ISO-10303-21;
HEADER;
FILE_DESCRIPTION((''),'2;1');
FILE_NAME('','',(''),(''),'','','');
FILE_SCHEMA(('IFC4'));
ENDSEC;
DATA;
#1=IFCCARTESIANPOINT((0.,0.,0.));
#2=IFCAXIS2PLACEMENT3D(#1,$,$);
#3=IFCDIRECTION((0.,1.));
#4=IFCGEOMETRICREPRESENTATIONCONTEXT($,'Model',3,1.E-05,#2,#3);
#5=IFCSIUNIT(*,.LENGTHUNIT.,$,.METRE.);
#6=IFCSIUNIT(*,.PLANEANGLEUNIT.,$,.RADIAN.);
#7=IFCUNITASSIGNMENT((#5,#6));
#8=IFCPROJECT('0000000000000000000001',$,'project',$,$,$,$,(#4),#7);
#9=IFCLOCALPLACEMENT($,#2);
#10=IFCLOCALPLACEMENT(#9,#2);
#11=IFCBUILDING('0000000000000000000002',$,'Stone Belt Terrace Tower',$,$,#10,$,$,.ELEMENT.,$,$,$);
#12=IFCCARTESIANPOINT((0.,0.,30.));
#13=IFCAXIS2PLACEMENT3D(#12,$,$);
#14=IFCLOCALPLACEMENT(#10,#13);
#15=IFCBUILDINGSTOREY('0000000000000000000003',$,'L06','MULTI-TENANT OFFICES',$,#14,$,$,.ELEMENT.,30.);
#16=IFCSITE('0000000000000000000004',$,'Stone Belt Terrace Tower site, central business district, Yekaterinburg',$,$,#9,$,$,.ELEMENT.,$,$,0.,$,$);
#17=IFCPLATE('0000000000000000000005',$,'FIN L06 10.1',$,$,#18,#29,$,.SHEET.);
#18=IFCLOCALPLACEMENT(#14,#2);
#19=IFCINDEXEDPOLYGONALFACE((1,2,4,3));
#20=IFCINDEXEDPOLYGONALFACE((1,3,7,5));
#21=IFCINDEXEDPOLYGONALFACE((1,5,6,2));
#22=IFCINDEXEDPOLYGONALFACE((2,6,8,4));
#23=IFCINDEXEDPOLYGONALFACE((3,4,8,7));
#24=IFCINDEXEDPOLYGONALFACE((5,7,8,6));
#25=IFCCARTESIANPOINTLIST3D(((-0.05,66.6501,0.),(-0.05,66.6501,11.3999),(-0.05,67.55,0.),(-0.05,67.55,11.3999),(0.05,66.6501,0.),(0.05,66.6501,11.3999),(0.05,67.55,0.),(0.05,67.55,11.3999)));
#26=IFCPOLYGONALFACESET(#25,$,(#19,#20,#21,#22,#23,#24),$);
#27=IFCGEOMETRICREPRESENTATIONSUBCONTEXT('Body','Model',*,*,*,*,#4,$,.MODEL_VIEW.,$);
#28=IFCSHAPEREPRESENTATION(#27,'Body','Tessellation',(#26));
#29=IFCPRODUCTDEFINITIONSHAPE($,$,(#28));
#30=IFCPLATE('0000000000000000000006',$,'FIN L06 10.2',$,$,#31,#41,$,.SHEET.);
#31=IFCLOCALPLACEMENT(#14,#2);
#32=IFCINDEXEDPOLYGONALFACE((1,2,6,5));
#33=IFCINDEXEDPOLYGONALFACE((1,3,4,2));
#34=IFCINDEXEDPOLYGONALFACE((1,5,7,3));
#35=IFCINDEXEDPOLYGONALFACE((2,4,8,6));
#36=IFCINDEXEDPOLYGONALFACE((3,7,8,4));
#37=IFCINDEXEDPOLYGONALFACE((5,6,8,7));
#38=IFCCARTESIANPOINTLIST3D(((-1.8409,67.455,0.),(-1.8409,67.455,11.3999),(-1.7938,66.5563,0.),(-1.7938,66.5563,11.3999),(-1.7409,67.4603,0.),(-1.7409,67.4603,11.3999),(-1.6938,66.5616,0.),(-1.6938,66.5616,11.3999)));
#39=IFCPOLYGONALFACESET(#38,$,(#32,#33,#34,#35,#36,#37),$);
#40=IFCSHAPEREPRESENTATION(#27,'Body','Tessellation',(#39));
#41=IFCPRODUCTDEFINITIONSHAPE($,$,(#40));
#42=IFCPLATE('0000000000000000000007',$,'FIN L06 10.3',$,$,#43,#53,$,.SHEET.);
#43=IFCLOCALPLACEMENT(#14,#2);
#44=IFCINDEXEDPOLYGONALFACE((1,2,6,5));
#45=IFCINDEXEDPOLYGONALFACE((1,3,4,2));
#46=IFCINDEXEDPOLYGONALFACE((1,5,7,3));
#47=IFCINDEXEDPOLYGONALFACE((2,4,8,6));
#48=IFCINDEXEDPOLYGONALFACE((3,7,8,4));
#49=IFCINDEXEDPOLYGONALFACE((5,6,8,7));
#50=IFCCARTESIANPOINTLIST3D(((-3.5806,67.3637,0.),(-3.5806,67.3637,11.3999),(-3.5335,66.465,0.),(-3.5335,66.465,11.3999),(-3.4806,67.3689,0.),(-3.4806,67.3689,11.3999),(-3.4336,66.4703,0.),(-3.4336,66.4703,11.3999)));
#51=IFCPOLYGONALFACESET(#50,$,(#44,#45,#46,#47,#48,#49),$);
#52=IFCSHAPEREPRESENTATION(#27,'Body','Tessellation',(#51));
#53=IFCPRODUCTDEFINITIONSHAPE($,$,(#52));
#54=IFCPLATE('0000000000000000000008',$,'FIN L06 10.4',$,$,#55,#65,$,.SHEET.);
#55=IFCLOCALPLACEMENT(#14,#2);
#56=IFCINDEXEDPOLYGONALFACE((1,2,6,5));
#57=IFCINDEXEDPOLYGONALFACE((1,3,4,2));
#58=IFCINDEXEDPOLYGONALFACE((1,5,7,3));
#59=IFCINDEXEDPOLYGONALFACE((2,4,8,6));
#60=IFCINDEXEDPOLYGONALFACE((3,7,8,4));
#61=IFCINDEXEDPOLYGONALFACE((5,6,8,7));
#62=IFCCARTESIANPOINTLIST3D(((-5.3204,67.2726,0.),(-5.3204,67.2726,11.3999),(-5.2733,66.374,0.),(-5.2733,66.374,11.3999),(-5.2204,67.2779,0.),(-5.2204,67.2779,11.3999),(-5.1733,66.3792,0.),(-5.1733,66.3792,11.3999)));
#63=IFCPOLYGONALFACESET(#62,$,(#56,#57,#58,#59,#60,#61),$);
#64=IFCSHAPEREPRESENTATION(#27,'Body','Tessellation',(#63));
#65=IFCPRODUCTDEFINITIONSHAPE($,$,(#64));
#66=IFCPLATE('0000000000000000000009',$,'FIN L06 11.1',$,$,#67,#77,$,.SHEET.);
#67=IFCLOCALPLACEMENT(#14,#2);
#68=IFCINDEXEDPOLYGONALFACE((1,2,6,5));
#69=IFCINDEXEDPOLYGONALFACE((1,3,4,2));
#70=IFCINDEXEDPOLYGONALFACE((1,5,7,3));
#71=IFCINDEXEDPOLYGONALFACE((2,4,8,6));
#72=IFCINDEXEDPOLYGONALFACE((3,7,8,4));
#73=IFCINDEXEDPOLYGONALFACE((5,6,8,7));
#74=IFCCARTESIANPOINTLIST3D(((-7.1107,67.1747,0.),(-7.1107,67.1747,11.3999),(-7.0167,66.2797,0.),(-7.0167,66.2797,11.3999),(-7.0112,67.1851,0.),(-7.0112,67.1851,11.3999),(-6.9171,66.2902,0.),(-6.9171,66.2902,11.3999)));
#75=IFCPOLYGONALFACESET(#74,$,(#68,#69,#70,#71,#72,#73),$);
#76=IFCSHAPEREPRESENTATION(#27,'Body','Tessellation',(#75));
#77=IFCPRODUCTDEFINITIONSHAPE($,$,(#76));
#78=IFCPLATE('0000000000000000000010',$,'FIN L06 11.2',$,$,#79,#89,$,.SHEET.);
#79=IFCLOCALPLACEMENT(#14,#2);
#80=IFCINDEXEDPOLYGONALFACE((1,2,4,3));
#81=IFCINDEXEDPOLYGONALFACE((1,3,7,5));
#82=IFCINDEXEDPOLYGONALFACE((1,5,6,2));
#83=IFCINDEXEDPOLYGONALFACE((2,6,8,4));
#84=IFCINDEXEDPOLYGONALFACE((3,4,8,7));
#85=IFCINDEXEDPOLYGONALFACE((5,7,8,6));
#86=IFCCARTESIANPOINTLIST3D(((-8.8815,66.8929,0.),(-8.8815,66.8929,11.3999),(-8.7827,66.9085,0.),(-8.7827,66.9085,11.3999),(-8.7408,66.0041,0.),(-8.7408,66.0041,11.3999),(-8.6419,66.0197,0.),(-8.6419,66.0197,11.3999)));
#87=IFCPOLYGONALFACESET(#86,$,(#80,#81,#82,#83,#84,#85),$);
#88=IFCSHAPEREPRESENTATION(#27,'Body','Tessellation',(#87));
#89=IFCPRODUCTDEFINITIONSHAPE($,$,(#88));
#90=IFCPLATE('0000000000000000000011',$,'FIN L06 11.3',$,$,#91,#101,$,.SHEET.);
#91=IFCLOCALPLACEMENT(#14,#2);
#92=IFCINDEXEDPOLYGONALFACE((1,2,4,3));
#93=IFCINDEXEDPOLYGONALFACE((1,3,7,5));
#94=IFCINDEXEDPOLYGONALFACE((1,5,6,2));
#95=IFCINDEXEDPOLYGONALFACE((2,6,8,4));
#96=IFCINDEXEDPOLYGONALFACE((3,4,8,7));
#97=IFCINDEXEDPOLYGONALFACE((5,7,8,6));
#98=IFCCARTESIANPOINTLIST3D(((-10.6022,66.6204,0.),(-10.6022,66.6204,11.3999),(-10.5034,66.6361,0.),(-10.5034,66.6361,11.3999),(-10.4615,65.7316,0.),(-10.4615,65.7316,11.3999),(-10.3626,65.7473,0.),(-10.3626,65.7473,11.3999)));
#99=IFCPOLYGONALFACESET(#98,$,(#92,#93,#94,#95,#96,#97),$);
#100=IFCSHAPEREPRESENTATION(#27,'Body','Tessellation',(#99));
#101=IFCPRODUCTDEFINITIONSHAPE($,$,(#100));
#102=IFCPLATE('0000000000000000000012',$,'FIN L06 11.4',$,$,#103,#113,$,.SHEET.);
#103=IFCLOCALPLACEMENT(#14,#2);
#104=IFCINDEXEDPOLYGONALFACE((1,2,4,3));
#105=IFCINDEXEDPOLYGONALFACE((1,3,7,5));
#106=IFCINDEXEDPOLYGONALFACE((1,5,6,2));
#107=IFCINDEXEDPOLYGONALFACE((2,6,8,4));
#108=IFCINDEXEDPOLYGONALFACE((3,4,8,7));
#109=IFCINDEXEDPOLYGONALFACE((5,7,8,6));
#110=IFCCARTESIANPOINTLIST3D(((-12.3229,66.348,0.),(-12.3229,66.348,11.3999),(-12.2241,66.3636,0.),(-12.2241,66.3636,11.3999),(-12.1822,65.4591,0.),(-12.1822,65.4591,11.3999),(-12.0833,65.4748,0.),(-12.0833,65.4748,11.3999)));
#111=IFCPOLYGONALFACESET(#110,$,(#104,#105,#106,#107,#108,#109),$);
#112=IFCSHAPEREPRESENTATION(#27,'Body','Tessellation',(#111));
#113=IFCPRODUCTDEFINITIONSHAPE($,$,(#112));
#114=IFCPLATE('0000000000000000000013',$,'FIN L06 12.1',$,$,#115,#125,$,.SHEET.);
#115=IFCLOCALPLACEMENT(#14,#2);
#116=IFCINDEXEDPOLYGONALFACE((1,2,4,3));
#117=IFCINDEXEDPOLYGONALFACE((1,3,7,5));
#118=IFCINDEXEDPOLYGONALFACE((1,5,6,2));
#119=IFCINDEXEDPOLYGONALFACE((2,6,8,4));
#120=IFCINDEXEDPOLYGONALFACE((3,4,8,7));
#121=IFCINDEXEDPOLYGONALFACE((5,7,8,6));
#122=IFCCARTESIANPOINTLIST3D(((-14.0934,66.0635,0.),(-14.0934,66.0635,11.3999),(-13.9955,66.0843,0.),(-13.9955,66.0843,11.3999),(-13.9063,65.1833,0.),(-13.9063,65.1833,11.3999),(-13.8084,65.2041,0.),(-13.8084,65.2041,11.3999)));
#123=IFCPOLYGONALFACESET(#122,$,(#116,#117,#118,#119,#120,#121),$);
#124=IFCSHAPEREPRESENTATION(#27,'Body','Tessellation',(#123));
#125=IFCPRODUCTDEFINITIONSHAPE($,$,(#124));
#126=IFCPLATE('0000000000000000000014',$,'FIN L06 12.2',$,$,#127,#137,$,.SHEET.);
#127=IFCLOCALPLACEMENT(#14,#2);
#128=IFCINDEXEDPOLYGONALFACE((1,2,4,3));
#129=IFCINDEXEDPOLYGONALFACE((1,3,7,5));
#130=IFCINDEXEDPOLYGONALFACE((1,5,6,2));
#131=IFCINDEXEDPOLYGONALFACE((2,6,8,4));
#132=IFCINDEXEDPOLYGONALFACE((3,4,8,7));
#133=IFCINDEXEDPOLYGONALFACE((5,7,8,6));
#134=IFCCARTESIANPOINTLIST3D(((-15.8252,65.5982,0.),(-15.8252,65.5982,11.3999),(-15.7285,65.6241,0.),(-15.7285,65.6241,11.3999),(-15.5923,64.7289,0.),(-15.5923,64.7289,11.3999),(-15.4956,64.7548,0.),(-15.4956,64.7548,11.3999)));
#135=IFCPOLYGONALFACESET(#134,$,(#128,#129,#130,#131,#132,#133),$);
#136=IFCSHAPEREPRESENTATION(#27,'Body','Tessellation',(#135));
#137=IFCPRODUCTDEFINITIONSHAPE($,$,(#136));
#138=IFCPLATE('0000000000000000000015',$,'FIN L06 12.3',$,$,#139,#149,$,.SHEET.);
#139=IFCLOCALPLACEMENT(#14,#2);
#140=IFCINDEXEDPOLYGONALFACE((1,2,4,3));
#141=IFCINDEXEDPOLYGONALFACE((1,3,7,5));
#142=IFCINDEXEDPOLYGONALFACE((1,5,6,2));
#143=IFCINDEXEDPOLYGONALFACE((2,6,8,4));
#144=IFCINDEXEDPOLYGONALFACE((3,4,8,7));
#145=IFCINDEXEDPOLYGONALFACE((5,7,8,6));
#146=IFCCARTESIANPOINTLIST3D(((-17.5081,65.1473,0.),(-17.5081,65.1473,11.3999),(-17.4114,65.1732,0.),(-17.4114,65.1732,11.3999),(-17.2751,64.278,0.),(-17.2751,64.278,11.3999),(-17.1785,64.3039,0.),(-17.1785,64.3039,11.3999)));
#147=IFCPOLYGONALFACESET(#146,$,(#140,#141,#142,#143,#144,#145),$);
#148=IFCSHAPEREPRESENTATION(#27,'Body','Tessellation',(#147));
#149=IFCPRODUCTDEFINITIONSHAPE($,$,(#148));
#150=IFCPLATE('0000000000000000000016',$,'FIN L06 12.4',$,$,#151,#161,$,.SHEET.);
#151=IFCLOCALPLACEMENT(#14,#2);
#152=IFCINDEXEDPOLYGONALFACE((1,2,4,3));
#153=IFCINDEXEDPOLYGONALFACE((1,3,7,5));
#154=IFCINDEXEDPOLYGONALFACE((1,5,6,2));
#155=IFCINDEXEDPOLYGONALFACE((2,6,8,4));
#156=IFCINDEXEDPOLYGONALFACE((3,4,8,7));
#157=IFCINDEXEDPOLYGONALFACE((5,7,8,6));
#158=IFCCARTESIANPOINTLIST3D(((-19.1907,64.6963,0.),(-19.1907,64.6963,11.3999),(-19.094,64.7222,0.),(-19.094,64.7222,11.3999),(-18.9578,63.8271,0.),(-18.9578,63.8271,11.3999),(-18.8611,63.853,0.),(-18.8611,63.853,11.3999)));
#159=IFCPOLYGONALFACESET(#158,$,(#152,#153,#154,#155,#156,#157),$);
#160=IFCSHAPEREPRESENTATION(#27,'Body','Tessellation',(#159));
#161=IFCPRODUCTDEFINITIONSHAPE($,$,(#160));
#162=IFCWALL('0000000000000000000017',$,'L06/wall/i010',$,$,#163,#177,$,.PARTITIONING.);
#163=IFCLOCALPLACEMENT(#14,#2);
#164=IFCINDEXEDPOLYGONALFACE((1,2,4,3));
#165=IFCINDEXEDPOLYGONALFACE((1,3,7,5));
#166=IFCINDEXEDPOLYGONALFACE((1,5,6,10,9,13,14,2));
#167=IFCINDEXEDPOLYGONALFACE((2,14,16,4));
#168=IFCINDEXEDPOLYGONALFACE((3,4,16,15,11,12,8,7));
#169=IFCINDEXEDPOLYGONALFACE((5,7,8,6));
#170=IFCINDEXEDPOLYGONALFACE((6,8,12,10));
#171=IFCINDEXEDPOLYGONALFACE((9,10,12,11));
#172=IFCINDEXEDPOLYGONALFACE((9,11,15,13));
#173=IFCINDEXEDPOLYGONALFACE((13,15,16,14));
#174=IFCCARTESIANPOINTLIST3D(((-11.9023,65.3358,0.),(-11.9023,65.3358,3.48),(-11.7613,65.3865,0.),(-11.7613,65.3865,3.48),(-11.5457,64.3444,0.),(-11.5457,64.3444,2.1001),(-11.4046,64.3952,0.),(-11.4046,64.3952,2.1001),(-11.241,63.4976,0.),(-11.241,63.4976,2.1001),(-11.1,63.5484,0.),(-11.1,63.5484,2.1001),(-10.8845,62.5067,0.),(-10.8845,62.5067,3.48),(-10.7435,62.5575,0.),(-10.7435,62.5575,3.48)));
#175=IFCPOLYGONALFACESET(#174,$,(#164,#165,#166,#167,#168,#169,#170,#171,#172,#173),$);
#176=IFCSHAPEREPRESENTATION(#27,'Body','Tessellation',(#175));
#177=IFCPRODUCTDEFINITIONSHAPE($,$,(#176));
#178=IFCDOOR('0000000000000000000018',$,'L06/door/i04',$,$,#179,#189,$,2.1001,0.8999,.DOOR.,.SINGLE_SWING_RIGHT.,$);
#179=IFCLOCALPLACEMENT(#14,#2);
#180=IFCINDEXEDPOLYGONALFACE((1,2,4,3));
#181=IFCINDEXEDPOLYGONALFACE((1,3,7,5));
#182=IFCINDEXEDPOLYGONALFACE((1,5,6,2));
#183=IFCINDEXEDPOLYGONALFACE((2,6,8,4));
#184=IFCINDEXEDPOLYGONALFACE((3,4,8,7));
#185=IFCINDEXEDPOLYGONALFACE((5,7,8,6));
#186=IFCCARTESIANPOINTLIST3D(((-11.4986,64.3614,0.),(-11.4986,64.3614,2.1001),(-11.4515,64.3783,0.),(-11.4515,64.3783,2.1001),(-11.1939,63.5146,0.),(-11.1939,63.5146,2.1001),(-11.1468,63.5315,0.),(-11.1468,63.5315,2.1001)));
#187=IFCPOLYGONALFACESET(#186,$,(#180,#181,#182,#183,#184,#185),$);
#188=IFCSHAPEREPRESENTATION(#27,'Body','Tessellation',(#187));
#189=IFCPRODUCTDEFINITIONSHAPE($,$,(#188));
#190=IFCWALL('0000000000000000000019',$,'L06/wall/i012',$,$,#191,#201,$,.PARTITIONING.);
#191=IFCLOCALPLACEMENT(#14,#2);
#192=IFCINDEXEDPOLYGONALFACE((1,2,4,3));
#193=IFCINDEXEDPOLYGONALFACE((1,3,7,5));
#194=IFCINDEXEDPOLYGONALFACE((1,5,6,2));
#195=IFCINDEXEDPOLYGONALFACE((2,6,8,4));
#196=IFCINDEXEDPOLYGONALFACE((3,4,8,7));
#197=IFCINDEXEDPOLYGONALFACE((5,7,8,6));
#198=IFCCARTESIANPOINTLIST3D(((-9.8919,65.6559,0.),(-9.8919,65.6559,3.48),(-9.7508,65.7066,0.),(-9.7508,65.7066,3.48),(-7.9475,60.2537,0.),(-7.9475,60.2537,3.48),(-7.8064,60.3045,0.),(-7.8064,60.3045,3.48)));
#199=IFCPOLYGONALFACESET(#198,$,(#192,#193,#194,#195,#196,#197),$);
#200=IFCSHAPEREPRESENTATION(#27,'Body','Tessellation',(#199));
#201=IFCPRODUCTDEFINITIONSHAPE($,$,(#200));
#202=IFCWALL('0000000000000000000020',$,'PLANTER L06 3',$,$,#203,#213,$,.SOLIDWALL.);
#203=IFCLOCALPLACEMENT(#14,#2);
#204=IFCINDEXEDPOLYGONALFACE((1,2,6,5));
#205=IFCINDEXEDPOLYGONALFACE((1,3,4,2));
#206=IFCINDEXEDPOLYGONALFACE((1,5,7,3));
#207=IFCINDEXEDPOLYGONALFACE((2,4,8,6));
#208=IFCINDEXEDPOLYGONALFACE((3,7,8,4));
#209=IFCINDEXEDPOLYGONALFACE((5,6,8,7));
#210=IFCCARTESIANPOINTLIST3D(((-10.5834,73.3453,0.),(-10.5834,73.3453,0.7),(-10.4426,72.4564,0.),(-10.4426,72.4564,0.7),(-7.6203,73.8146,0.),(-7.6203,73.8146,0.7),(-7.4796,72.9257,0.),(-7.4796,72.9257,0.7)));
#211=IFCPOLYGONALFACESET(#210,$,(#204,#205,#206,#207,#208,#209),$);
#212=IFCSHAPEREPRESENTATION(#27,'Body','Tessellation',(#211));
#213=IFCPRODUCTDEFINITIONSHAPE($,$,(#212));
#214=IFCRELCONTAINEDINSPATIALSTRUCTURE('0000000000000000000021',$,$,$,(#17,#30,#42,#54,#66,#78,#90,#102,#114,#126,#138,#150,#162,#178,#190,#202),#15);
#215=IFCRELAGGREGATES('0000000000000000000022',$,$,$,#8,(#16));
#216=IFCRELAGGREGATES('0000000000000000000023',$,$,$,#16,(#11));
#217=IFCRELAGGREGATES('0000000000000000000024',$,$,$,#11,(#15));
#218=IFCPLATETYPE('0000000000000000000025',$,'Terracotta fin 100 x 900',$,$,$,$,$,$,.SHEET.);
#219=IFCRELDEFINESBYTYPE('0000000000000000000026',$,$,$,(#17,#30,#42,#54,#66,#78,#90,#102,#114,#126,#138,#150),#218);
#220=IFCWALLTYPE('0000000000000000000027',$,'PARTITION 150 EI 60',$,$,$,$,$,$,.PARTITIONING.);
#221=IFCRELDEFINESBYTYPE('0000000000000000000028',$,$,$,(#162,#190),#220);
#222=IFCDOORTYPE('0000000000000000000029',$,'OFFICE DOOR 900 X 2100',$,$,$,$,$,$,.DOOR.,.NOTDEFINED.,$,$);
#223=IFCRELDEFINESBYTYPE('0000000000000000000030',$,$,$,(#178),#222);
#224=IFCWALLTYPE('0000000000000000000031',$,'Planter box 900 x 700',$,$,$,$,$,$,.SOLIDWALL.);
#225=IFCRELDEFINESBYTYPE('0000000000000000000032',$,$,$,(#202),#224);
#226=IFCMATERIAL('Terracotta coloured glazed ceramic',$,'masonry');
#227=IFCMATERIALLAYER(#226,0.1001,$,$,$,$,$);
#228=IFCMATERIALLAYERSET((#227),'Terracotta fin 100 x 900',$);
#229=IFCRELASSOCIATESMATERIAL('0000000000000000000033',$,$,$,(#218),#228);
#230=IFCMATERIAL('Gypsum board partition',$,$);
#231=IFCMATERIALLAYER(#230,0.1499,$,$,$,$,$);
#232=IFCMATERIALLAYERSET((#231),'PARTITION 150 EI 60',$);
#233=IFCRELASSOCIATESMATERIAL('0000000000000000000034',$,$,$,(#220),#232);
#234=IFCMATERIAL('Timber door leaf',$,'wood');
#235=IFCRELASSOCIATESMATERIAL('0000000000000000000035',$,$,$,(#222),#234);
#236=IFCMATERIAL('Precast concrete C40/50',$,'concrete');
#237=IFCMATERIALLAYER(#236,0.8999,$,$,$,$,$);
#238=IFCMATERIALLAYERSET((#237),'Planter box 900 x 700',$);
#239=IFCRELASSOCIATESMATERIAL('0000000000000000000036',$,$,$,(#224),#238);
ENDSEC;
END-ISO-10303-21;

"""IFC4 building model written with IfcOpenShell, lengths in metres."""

from ifc_helpers import new_model, si_unit, direction, frame, frame_2d, origin, origin_2d, place, context, subcontext, project, spatial, rectangle, extrude, material, layer, layer_set, type_object, element, fill, save


model = new_model("IFC4")

# Units and contexts
model_context = context("Model", 3, precision=1e-05, world=origin(), true_north=direction((0.0, 1.0)))
body_context = subcontext(model_context, "Body", "Model", "MODEL_VIEW")
ifc_project = project(units=[si_unit("LENGTHUNIT", "METRE"), si_unit("PLANEANGLEUNIT", "RADIAN")], contexts=[model_context])

# Site, building, storey
site_placement = place(None, origin())
site = spatial("IfcSite", under=ifc_project, at=site_placement, Name="Stone Belt Terrace Tower site, central business district, Yekaterinburg", CompositionType="ELEMENT", RefElevation=0.0)
building_placement = place(site_placement, origin())
building = spatial("IfcBuilding", under=site, at=building_placement, Name="Stone Belt Terrace Tower", CompositionType="ELEMENT")
storey_placement = place(building_placement, frame((0.0, 0.0, 30.0)))
storey = spatial("IfcBuildingStorey", under=building, at=storey_placement, Name="L06", Description="MULTI-TENANT OFFICES", CompositionType="ELEMENT", Elevation=30.0)

# Plates
ifc_material_1 = material(Name="Terracotta coloured glazed ceramic", Category="masonry")
ifc_layer_1 = layer(ifc_material_1, 0.1001)
ifc_layer_set_1 = layer_set([ifc_layer_1], Name="Terracotta fin 100 x 900")
plate_type_1 = type_object("IfcPlateType", Name="Terracotta fin 100 x 900", PredefinedType="SHEET", material=ifc_layer_set_1)
for number, where, z_axis, x_axis, name in (
    (1, (0.0, 67.1001, 0.0), (0.0, 0.0, 1.0), (0.0, 1.0, 0.0), "FIN L06 10.1"),
    (2, (-1.7673, 67.0083, 0.0), (0.0, 0.0, 1.0), (-0.052336, 0.99863, 0.0), "FIN L06 10.2"),
    (3, (-3.5071, 66.917, 0.0), (0.0, 0.0, 1.0), (-0.052336, 0.99863, 0.0), "FIN L06 10.3"),
    (4, (-5.2468, 66.8259, 0.0), (0.0, 0.0, 1.0), (-0.052336, 0.99863, 0.0), "FIN L06 10.4"),
    (5, (-7.0139, 66.7324, 0.0), (0.0, 0.0, 1.0), (-0.104528, 0.994522, 0.0), "FIN L06 11.1"),
    (6, (-8.7617, 66.4563, 0.0), (0.0, 0.0, 1.0), (-0.156434, 0.987688, 0.0), "FIN L06 11.2"),
    (7, (-10.4824, 66.1838, 0.0), (0.0, 0.0, 1.0), (-0.156434, 0.987688, 0.0), "FIN L06 11.3"),
    (8, (-12.2031, 65.9114, 0.0), (0.0, 0.0, 1.0), (-0.156434, 0.987688, 0.0), "FIN L06 11.4"),
    (9, (-13.9509, 65.6338, 0.0), (0.0, 0.0, 1.0), (-0.207912, 0.978148, 0.0), "FIN L06 12.1"),
    (10, (-15.6604, 65.1765, 0.0), (0.0, 0.0, 1.0), (-0.258819, 0.965926, 0.0), "FIN L06 12.2"),
    (11, (-17.3433, 64.7256, 0.0), (0.0, 0.0, 1.0), (-0.258819, 0.965926, 0.0), "FIN L06 12.3"),
    (12, (-19.0259, 64.2747, 0.0), (0.0, 0.0, 1.0), (-0.258819, 0.965926, 0.0), "FIN L06 12.4"),
):
    element("IfcPlate", number, at=place(storey_placement, frame(where, z_axis=z_axis, x_axis=x_axis)), inside=storey, type_object=plate_type_1, Name=name, PredefinedType="SHEET", context=body_context, shape_type="SweptSolid", body=[
        extrude(rectangle(XDim=0.8999, YDim=0.1001, at=origin_2d()), origin(), (0.0, 0.0, 1.0), 11.3999),
    ])

# Wall, opening, door
ifc_material_2 = material(Name="Gypsum board partition")
ifc_layer_2 = layer(ifc_material_2, 0.1499)
ifc_layer_set_2 = layer_set([ifc_layer_2], Name="PARTITION 150 EI 60")
wall_type_1 = type_object("IfcWallType", Name="PARTITION 150 EI 60", PredefinedType="PARTITIONING", material=ifc_layer_set_2)
wall_1_placement = place(storey_placement, frame((-10.814, 62.532, 0.0), z_axis=(0.0, 0.0, 1.0), x_axis=(-0.338527, 0.940957, 0.0)))
wall_1 = element("IfcWall", 13, at=wall_1_placement, inside=storey, type_object=wall_type_1, Name="L06/wall/i010", PredefinedType="PARTITIONING", context=body_context, shape_type="SweptSolid", body=[
    extrude(rectangle(XDim=3.0066, YDim=0.1499, at=frame_2d((1.5034, 0.0))), origin(), (0.0, 0.0, 1.0), 3.48),
])
opening_placement = place(wall_1_placement, frame((1.0532, 0.0, 0.0)))
opening = element("IfcOpeningElement", 14, at=opening_placement, cuts=wall_1, PredefinedType="OPENING", context=body_context, shape_type="SweptSolid", body=[
    extrude(rectangle(XDim=0.8999, YDim=2.1001, at=frame_2d((0.45, 1.05))), frame((0.0, 0.085, 0.0), z_axis=(0.0, -1.0, 0.0), x_axis=(1.0, 0.0, 0.0)), (0.0, 0.0, 1.0), 0.1699),
])
ifc_material_3 = material(Name="Timber door leaf", Category="wood")
door_type = type_object("IfcDoorType", Name="OFFICE DOOR 900 X 2100", OperationType="NOTDEFINED", PredefinedType="DOOR", material=ifc_material_3)
door_placement = place(opening_placement, origin())
door = element("IfcDoor", 15, at=door_placement, inside=storey, type_object=door_type, Name="L06/door/i04", OperationType="SINGLE_SWING_RIGHT", OverallHeight=2.1001, OverallWidth=0.8999, PredefinedType="DOOR", context=body_context, shape_type="SweptSolid", body=[
    extrude(rectangle(XDim=0.8999, YDim=2.1001, at=frame_2d((0.45, 1.05))), frame((0.0, 0.0249, 0.0), z_axis=(0.0, -1.0, 0.0), x_axis=(1.0, 0.0, 0.0)), (0.0, 0.0, 1.0), 0.05),
])
fill(opening, door)

# Walls
wall_2_placement = place(storey_placement, frame((-9.8213, 65.6812, 0.0), z_axis=(0.0, 0.0, 1.0), x_axis=(0.338655, -0.940911, 0.0)))
element("IfcWall", 16, at=wall_2_placement, inside=storey, type_object=wall_type_1, Name="L06/wall/i012", PredefinedType="PARTITIONING", context=body_context, shape_type="SweptSolid", body=[
    extrude(rectangle(XDim=5.7415, YDim=0.1499, at=frame_2d((2.8706, 0.0))), origin(), (0.0, 0.0, 1.0), 3.48),
])
ifc_material_4 = material(Name="Precast concrete C40/50", Category="concrete")
ifc_layer_3 = layer(ifc_material_4, 0.8999)
ifc_layer_set_3 = layer_set([ifc_layer_3], Name="Planter box 900 x 700")
wall_type_2 = type_object("IfcWallType", Name="Planter box 900 x 700", PredefinedType="SOLIDWALL", material=ifc_layer_set_3)
wall_3_placement = place(storey_placement, frame((-9.0315, 73.1355, 0.0), z_axis=(0.0, 0.0, 1.0), x_axis=(-0.987688, -0.156434, 0.0)))
element("IfcWall", 17, at=wall_3_placement, inside=storey, type_object=wall_type_2, Name="PLANTER L06 3", PredefinedType="SOLIDWALL", context=body_context, shape_type="SweptSolid", body=[
    extrude(rectangle(XDim=3.0, YDim=0.8999, at=origin_2d()), origin(), (0.0, 0.0, 1.0), 0.7),
])

save(model, "model.ifc")
